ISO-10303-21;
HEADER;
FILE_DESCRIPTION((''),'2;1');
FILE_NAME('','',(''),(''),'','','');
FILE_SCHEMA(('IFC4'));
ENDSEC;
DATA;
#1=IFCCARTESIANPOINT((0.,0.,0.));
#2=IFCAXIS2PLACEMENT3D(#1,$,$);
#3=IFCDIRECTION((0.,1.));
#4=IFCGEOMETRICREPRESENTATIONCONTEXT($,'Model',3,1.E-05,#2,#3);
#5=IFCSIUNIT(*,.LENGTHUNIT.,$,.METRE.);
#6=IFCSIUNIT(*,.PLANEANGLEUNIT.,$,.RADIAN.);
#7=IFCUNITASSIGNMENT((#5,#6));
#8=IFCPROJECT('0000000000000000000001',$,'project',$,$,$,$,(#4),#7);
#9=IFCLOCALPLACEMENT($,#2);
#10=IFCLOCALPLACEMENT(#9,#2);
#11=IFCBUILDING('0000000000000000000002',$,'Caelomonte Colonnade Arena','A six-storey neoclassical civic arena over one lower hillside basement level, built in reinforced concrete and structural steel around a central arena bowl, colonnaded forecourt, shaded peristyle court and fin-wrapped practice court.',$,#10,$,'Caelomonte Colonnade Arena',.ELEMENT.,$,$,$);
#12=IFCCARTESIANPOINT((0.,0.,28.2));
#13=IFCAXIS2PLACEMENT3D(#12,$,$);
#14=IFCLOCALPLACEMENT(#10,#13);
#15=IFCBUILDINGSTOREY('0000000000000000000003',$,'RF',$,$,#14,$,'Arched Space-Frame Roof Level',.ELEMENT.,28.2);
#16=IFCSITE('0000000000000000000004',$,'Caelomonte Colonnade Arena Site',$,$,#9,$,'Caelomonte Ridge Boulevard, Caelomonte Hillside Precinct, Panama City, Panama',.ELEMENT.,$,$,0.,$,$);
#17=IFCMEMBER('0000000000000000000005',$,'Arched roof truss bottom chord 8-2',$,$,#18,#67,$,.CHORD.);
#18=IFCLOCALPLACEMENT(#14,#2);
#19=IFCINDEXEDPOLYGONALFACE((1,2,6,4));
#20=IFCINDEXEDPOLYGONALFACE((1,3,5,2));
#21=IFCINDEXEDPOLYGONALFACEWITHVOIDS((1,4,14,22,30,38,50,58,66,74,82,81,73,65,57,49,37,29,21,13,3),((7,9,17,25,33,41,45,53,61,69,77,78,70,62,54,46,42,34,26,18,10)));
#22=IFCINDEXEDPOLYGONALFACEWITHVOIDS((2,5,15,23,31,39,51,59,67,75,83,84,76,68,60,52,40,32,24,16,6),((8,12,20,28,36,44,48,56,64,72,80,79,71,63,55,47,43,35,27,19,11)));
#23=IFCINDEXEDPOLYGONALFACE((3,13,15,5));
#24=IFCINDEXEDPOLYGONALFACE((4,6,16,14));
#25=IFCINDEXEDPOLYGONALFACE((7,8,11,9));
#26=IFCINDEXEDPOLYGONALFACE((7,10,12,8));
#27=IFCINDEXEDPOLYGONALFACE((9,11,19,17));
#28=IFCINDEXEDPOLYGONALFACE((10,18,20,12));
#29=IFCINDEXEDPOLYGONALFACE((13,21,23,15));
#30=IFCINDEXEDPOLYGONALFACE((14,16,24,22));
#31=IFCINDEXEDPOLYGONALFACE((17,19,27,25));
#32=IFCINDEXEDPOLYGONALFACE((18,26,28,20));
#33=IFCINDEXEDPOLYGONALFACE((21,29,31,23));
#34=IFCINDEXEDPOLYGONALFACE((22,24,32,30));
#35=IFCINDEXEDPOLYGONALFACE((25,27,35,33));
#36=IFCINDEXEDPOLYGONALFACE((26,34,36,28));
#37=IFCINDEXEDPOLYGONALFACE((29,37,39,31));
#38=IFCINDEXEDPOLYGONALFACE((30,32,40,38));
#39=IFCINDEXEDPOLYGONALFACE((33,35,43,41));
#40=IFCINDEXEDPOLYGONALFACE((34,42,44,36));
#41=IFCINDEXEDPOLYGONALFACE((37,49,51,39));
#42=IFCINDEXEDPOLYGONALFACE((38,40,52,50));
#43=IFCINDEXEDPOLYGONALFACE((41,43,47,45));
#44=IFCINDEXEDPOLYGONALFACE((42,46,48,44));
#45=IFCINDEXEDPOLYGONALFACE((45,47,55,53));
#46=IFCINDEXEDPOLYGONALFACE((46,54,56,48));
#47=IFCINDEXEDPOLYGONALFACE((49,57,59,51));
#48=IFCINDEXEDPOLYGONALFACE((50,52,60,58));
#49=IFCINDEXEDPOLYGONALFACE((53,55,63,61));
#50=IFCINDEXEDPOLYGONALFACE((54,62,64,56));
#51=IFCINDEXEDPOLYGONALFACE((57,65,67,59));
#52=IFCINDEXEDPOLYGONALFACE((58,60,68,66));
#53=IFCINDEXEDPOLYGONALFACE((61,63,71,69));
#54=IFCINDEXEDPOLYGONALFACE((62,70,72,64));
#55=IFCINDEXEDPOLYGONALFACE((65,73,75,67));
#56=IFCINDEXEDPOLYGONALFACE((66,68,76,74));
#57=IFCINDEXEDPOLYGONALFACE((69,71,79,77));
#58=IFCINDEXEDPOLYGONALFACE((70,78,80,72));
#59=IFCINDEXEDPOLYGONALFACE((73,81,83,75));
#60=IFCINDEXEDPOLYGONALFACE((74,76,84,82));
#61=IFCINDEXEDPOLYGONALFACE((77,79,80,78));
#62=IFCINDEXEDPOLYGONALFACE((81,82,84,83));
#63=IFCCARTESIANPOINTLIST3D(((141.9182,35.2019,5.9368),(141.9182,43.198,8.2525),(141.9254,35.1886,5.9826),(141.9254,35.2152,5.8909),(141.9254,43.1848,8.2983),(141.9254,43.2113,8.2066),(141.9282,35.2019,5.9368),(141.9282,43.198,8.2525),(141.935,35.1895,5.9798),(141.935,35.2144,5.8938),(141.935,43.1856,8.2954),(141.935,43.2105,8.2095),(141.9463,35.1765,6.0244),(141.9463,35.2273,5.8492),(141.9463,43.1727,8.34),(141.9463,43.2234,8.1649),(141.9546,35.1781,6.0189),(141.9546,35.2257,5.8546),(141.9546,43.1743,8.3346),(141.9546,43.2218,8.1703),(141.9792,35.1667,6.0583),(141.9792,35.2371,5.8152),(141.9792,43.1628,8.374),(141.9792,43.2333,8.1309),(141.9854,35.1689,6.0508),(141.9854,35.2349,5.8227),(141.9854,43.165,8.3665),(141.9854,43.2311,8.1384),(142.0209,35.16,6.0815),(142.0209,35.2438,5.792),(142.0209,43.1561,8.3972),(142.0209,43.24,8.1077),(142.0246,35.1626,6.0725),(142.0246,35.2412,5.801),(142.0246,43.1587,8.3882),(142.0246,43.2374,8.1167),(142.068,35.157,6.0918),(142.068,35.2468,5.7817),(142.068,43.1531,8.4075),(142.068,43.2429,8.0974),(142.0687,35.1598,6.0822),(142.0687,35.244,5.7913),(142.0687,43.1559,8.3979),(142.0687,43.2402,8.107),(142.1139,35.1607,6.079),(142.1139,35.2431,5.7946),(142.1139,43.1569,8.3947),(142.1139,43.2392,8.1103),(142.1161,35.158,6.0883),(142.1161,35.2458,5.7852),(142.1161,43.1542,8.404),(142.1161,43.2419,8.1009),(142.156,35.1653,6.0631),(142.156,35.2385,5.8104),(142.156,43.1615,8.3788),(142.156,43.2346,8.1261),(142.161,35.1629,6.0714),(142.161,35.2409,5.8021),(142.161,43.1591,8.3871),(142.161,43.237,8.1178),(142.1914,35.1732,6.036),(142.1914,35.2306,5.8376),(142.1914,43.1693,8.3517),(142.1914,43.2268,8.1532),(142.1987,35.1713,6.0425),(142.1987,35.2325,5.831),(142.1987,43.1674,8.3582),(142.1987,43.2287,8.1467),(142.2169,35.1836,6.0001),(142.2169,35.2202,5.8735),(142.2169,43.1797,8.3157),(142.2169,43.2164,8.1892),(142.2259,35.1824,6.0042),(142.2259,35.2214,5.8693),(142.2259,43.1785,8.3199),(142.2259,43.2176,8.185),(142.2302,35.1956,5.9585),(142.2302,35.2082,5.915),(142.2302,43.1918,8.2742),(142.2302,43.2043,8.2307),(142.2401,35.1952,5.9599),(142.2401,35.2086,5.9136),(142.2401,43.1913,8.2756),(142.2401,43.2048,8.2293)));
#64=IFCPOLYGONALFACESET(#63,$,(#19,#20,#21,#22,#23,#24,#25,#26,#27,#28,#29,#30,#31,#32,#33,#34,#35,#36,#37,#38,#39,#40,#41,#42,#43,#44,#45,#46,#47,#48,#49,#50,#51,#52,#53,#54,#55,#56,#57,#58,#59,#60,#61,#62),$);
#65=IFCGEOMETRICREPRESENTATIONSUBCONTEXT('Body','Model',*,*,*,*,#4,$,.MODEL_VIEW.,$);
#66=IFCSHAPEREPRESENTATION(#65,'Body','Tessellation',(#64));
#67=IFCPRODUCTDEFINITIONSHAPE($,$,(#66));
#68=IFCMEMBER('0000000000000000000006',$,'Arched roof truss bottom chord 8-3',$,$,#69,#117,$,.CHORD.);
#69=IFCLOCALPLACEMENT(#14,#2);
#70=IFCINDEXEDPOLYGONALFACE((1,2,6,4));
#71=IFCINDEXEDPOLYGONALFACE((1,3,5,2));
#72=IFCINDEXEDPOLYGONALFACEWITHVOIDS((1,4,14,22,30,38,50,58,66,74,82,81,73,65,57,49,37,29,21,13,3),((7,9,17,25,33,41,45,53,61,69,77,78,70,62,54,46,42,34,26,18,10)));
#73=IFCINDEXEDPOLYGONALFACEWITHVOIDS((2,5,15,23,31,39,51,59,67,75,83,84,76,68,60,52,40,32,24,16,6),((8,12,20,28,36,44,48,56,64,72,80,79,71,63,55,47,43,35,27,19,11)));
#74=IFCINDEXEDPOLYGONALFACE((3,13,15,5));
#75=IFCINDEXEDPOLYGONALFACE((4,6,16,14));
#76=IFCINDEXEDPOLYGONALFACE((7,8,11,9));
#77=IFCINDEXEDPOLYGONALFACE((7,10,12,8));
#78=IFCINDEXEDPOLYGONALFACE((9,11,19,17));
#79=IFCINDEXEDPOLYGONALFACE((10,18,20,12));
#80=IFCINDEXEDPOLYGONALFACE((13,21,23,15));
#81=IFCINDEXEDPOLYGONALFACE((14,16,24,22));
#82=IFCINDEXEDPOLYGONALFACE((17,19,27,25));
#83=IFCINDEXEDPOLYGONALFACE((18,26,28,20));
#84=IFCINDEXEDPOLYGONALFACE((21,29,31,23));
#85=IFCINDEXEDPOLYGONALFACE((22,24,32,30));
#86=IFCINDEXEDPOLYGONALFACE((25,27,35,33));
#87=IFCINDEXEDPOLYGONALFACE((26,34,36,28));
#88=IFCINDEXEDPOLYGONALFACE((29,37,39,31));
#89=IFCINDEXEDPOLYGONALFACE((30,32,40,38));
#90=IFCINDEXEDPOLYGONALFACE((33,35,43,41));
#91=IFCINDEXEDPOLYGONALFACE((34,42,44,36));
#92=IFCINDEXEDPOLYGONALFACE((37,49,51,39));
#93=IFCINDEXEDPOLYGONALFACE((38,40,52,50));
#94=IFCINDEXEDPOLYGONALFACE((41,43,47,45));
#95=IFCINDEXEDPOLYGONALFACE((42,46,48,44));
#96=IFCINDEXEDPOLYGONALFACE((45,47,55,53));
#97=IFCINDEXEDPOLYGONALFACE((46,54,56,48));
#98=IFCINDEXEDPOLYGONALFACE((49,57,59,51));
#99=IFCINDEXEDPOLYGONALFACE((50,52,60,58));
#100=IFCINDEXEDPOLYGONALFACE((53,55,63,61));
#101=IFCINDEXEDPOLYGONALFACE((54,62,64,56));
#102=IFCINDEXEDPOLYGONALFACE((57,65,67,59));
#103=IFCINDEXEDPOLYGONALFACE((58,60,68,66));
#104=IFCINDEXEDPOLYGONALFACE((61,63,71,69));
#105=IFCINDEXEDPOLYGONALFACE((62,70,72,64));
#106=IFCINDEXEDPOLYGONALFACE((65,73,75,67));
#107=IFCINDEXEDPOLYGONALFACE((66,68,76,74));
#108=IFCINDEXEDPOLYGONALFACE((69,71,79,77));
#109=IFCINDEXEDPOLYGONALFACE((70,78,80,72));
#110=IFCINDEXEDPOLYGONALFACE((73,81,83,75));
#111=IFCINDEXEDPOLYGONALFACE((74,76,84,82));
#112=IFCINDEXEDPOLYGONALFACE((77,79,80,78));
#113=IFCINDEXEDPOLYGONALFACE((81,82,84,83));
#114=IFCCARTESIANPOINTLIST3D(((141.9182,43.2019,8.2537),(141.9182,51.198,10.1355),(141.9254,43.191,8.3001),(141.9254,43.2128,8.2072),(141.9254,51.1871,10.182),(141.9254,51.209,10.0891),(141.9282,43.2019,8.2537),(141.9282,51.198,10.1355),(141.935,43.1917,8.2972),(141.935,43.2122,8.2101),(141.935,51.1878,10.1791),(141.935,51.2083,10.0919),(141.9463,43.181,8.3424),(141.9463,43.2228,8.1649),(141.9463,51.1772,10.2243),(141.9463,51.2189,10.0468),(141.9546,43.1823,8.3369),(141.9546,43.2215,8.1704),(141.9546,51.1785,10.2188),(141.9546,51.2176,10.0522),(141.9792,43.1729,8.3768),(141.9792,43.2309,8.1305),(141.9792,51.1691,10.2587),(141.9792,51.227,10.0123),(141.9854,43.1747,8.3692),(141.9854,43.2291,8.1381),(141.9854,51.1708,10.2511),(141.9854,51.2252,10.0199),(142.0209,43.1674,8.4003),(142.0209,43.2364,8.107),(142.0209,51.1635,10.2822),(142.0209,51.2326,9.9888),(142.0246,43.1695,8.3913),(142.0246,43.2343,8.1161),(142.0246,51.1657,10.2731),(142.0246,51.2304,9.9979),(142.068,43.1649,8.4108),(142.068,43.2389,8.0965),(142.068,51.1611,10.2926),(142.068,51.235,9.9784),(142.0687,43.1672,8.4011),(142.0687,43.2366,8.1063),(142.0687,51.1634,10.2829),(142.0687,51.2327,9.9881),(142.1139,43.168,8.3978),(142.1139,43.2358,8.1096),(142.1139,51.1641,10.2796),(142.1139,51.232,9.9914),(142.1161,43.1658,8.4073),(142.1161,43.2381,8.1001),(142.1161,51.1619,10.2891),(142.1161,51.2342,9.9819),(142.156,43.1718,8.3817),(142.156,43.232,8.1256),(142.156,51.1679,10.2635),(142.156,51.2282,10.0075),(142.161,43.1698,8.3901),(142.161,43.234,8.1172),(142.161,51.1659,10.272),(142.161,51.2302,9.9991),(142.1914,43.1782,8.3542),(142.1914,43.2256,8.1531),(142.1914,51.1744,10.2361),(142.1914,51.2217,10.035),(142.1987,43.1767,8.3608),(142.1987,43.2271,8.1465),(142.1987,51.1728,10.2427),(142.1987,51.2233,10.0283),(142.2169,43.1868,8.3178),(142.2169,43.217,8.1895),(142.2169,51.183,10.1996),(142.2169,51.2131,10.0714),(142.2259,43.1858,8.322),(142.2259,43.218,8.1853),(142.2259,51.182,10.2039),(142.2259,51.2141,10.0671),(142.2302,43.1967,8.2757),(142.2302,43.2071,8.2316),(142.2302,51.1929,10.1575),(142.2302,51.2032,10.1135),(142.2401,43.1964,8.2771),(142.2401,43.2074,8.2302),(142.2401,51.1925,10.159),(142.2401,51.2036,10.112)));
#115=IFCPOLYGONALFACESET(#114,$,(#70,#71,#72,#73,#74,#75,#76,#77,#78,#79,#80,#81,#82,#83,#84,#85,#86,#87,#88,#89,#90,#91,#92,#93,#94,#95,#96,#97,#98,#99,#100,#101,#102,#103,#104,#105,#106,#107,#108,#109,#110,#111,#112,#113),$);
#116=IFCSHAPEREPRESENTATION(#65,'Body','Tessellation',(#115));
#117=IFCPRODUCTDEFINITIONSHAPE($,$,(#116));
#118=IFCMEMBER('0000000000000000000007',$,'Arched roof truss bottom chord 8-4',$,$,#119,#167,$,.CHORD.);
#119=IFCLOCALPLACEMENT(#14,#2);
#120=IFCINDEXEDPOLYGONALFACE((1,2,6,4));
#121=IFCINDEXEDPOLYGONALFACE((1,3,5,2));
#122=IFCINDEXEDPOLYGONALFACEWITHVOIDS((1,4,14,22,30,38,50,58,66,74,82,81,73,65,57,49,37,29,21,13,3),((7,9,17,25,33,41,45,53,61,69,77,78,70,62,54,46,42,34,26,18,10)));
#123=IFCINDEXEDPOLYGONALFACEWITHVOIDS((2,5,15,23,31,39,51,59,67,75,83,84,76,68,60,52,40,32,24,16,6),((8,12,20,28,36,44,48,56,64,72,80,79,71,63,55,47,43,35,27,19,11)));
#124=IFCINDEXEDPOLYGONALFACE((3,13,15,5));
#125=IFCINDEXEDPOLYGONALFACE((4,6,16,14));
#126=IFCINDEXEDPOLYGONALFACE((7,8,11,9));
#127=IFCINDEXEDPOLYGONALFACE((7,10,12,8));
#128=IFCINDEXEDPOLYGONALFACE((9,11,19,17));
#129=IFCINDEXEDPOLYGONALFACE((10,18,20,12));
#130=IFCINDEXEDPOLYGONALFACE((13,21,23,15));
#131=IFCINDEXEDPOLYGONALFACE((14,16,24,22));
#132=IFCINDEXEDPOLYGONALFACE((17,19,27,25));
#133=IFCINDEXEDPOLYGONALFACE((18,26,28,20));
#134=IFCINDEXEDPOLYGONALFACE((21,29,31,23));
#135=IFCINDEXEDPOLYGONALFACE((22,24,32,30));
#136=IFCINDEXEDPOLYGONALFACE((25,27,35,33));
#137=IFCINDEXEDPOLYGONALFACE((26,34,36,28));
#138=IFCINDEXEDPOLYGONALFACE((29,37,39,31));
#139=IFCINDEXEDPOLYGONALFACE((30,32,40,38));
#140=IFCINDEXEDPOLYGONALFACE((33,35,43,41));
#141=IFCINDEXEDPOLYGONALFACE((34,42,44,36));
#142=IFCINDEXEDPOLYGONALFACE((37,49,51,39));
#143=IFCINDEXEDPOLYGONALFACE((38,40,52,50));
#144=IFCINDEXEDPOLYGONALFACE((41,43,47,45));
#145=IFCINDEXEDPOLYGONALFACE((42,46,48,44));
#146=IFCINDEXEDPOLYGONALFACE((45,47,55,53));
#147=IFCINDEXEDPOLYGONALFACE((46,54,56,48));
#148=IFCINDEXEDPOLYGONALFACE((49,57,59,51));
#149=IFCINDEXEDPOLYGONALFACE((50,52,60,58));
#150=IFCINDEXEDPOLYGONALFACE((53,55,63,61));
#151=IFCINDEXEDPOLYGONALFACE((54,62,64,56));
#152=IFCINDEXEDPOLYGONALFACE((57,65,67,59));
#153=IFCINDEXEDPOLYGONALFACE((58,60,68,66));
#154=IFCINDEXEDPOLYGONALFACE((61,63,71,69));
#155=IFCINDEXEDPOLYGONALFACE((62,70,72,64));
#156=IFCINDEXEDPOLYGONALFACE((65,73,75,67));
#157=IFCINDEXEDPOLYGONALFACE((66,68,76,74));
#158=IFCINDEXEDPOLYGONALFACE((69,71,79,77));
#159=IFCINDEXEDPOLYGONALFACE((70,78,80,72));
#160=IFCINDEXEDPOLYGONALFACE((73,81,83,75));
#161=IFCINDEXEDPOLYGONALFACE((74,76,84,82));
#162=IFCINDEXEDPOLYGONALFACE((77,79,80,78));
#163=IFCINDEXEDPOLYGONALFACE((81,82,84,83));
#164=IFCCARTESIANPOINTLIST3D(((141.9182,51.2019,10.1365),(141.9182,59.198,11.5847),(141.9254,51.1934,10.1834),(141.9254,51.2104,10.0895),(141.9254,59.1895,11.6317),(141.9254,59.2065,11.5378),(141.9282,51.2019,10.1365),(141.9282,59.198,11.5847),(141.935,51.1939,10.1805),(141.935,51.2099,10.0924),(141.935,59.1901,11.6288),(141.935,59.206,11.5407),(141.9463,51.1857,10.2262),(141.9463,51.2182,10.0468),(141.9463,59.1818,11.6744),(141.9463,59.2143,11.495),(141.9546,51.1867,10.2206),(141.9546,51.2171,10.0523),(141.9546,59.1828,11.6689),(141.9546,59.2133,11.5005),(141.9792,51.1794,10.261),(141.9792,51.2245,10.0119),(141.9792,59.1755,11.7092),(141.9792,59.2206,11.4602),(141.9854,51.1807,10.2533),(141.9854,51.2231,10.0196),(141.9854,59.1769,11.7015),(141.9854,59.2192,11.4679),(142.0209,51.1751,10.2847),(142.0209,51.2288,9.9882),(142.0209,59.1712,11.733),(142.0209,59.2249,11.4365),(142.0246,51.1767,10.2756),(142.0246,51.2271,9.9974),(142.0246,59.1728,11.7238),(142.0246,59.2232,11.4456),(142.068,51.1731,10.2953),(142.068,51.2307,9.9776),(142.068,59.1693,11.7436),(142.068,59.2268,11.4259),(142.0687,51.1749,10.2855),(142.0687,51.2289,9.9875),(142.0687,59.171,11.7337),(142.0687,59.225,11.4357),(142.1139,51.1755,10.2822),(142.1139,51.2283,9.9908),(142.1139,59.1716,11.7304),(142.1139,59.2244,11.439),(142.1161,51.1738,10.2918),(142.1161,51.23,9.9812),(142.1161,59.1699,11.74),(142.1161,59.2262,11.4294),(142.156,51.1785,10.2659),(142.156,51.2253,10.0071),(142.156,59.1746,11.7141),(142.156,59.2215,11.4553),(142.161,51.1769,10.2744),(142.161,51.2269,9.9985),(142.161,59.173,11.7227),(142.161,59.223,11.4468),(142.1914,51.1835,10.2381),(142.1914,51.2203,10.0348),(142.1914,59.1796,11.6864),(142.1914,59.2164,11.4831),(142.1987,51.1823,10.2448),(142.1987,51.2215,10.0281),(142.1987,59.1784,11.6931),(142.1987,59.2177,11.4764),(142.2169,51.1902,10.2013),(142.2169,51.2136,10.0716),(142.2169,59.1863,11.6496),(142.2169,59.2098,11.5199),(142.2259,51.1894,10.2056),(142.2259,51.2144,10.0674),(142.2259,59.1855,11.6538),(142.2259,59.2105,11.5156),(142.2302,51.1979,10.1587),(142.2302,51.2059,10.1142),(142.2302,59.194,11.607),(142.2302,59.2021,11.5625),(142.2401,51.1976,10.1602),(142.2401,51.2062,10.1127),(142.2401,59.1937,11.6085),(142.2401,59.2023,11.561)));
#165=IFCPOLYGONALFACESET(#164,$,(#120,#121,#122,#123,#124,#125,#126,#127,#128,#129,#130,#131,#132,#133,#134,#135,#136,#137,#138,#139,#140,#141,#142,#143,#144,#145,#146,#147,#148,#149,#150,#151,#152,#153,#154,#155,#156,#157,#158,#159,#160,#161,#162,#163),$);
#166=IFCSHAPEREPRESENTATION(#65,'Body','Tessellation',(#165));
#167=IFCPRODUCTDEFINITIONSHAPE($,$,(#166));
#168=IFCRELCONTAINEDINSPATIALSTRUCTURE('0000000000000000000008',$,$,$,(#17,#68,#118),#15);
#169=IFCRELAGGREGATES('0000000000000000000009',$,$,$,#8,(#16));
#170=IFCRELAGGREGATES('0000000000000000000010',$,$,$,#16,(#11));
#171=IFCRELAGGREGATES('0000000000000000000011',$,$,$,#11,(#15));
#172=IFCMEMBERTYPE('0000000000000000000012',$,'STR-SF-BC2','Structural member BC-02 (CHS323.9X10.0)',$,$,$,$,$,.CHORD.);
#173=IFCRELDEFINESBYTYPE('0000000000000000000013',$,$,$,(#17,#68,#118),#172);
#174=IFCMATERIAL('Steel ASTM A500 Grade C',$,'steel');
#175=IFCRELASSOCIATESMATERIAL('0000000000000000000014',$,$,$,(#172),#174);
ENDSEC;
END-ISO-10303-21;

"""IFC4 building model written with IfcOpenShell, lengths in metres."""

from ifc_helpers import new_model, si_unit, direction, frame, origin, origin_2d, place, context, subcontext, project, spatial, hollow_circle, extrude, material, material_profile, profile_set, type_object, element, save


model = new_model("IFC4")

# Units and contexts
model_context = context("Model", 3, precision=1e-05, world=origin(), true_north=direction((0.0, 1.0)))
body_context = subcontext(model_context, "Body", "Model", "MODEL_VIEW")
ifc_project = project(units=[si_unit("LENGTHUNIT", "METRE"), si_unit("PLANEANGLEUNIT", "RADIAN")], contexts=[model_context])

# Site, building, storey
site_placement = place(None, origin())
site = spatial("IfcSite", under=ifc_project, at=site_placement, Name="Caelomonte Colonnade Arena Site", LongName="Caelomonte Ridge Boulevard, Caelomonte Hillside Precinct, Panama City, Panama", CompositionType="ELEMENT", RefElevation=0.0)
building_placement = place(site_placement, origin())
building = spatial("IfcBuilding", under=site, at=building_placement, Name="Caelomonte Colonnade Arena", Description="A six-storey neoclassical civic arena over one lower hillside basement level, built in reinforced concrete and structural steel around a central arena bowl, colonnaded forecourt, shaded peristyle court and fin-wrapped practice court.", LongName="Caelomonte Colonnade Arena", CompositionType="ELEMENT")
storey_placement = place(building_placement, frame((0.0, 0.0, 28.2)))
storey = spatial("IfcBuildingStorey", under=building, at=storey_placement, Name="RF", LongName="Arched Space-Frame Roof Level", CompositionType="ELEMENT", Elevation=28.2)

# Members
ifc_material_1 = material(Name="Steel ASTM A500 Grade C", Category="steel")
ifc_material_profile_1 = material_profile(ifc_material_1, hollow_circle(Radius=0.1619, WallThickness=0.01, at=origin_2d()), Name="CHS323.9X10.0")
ifc_profile_set_1 = profile_set([ifc_material_profile_1], Name="Steel ASTM A500 Grade C")
member_type_1 = type_object("IfcMemberType", Name="STR-SF-BC2", Description="Structural member BC-02 (CHS323.9X10.0)", PredefinedType="CHORD", material=ifc_profile_set_1)
member_1_placement = place(storey_placement, frame((142.0801, 35.2019, 5.9368), z_axis=(0.0, 0.960532, 0.278171), x_axis=(-1.0, 0.0, 0.0)))
element("IfcMember", 1, at=member_1_placement, inside=storey, type_object=member_type_1, Name="Arched roof truss bottom chord 8-2", PredefinedType="CHORD", context=body_context, shape_type="SweptSolid", body=[
    extrude(hollow_circle(Radius=0.1619, WallThickness=0.01, at=origin_2d()), origin(), (0.0, 0.0, 1.0), 8.3247),
])
member_2_placement = place(storey_placement, frame((142.0801, 43.2019, 8.2537), z_axis=(0.0, 0.973406, 0.229086), x_axis=(-1.0, 0.0, 0.0)))
element("IfcMember", 2, at=member_2_placement, inside=storey, type_object=member_type_1, Name="Arched roof truss bottom chord 8-3", PredefinedType="CHORD", context=body_context, shape_type="SweptSolid", body=[
    extrude(hollow_circle(Radius=0.1619, WallThickness=0.01, at=origin_2d()), origin(), (0.0, 0.0, 1.0), 8.2146),
])
member_3_placement = place(storey_placement, frame((142.0801, 51.2019, 10.1365), z_axis=(0.0, 0.983991, 0.178219), x_axis=(-1.0, 0.0, 0.0)))
element("IfcMember", 3, at=member_3_placement, inside=storey, type_object=member_type_1, Name="Arched roof truss bottom chord 8-4", PredefinedType="CHORD", context=body_context, shape_type="SweptSolid", body=[
    extrude(hollow_circle(Radius=0.1619, WallThickness=0.01, at=origin_2d()), origin(), (0.0, 0.0, 1.0), 8.1262),
])

save(model, "model.ifc")
